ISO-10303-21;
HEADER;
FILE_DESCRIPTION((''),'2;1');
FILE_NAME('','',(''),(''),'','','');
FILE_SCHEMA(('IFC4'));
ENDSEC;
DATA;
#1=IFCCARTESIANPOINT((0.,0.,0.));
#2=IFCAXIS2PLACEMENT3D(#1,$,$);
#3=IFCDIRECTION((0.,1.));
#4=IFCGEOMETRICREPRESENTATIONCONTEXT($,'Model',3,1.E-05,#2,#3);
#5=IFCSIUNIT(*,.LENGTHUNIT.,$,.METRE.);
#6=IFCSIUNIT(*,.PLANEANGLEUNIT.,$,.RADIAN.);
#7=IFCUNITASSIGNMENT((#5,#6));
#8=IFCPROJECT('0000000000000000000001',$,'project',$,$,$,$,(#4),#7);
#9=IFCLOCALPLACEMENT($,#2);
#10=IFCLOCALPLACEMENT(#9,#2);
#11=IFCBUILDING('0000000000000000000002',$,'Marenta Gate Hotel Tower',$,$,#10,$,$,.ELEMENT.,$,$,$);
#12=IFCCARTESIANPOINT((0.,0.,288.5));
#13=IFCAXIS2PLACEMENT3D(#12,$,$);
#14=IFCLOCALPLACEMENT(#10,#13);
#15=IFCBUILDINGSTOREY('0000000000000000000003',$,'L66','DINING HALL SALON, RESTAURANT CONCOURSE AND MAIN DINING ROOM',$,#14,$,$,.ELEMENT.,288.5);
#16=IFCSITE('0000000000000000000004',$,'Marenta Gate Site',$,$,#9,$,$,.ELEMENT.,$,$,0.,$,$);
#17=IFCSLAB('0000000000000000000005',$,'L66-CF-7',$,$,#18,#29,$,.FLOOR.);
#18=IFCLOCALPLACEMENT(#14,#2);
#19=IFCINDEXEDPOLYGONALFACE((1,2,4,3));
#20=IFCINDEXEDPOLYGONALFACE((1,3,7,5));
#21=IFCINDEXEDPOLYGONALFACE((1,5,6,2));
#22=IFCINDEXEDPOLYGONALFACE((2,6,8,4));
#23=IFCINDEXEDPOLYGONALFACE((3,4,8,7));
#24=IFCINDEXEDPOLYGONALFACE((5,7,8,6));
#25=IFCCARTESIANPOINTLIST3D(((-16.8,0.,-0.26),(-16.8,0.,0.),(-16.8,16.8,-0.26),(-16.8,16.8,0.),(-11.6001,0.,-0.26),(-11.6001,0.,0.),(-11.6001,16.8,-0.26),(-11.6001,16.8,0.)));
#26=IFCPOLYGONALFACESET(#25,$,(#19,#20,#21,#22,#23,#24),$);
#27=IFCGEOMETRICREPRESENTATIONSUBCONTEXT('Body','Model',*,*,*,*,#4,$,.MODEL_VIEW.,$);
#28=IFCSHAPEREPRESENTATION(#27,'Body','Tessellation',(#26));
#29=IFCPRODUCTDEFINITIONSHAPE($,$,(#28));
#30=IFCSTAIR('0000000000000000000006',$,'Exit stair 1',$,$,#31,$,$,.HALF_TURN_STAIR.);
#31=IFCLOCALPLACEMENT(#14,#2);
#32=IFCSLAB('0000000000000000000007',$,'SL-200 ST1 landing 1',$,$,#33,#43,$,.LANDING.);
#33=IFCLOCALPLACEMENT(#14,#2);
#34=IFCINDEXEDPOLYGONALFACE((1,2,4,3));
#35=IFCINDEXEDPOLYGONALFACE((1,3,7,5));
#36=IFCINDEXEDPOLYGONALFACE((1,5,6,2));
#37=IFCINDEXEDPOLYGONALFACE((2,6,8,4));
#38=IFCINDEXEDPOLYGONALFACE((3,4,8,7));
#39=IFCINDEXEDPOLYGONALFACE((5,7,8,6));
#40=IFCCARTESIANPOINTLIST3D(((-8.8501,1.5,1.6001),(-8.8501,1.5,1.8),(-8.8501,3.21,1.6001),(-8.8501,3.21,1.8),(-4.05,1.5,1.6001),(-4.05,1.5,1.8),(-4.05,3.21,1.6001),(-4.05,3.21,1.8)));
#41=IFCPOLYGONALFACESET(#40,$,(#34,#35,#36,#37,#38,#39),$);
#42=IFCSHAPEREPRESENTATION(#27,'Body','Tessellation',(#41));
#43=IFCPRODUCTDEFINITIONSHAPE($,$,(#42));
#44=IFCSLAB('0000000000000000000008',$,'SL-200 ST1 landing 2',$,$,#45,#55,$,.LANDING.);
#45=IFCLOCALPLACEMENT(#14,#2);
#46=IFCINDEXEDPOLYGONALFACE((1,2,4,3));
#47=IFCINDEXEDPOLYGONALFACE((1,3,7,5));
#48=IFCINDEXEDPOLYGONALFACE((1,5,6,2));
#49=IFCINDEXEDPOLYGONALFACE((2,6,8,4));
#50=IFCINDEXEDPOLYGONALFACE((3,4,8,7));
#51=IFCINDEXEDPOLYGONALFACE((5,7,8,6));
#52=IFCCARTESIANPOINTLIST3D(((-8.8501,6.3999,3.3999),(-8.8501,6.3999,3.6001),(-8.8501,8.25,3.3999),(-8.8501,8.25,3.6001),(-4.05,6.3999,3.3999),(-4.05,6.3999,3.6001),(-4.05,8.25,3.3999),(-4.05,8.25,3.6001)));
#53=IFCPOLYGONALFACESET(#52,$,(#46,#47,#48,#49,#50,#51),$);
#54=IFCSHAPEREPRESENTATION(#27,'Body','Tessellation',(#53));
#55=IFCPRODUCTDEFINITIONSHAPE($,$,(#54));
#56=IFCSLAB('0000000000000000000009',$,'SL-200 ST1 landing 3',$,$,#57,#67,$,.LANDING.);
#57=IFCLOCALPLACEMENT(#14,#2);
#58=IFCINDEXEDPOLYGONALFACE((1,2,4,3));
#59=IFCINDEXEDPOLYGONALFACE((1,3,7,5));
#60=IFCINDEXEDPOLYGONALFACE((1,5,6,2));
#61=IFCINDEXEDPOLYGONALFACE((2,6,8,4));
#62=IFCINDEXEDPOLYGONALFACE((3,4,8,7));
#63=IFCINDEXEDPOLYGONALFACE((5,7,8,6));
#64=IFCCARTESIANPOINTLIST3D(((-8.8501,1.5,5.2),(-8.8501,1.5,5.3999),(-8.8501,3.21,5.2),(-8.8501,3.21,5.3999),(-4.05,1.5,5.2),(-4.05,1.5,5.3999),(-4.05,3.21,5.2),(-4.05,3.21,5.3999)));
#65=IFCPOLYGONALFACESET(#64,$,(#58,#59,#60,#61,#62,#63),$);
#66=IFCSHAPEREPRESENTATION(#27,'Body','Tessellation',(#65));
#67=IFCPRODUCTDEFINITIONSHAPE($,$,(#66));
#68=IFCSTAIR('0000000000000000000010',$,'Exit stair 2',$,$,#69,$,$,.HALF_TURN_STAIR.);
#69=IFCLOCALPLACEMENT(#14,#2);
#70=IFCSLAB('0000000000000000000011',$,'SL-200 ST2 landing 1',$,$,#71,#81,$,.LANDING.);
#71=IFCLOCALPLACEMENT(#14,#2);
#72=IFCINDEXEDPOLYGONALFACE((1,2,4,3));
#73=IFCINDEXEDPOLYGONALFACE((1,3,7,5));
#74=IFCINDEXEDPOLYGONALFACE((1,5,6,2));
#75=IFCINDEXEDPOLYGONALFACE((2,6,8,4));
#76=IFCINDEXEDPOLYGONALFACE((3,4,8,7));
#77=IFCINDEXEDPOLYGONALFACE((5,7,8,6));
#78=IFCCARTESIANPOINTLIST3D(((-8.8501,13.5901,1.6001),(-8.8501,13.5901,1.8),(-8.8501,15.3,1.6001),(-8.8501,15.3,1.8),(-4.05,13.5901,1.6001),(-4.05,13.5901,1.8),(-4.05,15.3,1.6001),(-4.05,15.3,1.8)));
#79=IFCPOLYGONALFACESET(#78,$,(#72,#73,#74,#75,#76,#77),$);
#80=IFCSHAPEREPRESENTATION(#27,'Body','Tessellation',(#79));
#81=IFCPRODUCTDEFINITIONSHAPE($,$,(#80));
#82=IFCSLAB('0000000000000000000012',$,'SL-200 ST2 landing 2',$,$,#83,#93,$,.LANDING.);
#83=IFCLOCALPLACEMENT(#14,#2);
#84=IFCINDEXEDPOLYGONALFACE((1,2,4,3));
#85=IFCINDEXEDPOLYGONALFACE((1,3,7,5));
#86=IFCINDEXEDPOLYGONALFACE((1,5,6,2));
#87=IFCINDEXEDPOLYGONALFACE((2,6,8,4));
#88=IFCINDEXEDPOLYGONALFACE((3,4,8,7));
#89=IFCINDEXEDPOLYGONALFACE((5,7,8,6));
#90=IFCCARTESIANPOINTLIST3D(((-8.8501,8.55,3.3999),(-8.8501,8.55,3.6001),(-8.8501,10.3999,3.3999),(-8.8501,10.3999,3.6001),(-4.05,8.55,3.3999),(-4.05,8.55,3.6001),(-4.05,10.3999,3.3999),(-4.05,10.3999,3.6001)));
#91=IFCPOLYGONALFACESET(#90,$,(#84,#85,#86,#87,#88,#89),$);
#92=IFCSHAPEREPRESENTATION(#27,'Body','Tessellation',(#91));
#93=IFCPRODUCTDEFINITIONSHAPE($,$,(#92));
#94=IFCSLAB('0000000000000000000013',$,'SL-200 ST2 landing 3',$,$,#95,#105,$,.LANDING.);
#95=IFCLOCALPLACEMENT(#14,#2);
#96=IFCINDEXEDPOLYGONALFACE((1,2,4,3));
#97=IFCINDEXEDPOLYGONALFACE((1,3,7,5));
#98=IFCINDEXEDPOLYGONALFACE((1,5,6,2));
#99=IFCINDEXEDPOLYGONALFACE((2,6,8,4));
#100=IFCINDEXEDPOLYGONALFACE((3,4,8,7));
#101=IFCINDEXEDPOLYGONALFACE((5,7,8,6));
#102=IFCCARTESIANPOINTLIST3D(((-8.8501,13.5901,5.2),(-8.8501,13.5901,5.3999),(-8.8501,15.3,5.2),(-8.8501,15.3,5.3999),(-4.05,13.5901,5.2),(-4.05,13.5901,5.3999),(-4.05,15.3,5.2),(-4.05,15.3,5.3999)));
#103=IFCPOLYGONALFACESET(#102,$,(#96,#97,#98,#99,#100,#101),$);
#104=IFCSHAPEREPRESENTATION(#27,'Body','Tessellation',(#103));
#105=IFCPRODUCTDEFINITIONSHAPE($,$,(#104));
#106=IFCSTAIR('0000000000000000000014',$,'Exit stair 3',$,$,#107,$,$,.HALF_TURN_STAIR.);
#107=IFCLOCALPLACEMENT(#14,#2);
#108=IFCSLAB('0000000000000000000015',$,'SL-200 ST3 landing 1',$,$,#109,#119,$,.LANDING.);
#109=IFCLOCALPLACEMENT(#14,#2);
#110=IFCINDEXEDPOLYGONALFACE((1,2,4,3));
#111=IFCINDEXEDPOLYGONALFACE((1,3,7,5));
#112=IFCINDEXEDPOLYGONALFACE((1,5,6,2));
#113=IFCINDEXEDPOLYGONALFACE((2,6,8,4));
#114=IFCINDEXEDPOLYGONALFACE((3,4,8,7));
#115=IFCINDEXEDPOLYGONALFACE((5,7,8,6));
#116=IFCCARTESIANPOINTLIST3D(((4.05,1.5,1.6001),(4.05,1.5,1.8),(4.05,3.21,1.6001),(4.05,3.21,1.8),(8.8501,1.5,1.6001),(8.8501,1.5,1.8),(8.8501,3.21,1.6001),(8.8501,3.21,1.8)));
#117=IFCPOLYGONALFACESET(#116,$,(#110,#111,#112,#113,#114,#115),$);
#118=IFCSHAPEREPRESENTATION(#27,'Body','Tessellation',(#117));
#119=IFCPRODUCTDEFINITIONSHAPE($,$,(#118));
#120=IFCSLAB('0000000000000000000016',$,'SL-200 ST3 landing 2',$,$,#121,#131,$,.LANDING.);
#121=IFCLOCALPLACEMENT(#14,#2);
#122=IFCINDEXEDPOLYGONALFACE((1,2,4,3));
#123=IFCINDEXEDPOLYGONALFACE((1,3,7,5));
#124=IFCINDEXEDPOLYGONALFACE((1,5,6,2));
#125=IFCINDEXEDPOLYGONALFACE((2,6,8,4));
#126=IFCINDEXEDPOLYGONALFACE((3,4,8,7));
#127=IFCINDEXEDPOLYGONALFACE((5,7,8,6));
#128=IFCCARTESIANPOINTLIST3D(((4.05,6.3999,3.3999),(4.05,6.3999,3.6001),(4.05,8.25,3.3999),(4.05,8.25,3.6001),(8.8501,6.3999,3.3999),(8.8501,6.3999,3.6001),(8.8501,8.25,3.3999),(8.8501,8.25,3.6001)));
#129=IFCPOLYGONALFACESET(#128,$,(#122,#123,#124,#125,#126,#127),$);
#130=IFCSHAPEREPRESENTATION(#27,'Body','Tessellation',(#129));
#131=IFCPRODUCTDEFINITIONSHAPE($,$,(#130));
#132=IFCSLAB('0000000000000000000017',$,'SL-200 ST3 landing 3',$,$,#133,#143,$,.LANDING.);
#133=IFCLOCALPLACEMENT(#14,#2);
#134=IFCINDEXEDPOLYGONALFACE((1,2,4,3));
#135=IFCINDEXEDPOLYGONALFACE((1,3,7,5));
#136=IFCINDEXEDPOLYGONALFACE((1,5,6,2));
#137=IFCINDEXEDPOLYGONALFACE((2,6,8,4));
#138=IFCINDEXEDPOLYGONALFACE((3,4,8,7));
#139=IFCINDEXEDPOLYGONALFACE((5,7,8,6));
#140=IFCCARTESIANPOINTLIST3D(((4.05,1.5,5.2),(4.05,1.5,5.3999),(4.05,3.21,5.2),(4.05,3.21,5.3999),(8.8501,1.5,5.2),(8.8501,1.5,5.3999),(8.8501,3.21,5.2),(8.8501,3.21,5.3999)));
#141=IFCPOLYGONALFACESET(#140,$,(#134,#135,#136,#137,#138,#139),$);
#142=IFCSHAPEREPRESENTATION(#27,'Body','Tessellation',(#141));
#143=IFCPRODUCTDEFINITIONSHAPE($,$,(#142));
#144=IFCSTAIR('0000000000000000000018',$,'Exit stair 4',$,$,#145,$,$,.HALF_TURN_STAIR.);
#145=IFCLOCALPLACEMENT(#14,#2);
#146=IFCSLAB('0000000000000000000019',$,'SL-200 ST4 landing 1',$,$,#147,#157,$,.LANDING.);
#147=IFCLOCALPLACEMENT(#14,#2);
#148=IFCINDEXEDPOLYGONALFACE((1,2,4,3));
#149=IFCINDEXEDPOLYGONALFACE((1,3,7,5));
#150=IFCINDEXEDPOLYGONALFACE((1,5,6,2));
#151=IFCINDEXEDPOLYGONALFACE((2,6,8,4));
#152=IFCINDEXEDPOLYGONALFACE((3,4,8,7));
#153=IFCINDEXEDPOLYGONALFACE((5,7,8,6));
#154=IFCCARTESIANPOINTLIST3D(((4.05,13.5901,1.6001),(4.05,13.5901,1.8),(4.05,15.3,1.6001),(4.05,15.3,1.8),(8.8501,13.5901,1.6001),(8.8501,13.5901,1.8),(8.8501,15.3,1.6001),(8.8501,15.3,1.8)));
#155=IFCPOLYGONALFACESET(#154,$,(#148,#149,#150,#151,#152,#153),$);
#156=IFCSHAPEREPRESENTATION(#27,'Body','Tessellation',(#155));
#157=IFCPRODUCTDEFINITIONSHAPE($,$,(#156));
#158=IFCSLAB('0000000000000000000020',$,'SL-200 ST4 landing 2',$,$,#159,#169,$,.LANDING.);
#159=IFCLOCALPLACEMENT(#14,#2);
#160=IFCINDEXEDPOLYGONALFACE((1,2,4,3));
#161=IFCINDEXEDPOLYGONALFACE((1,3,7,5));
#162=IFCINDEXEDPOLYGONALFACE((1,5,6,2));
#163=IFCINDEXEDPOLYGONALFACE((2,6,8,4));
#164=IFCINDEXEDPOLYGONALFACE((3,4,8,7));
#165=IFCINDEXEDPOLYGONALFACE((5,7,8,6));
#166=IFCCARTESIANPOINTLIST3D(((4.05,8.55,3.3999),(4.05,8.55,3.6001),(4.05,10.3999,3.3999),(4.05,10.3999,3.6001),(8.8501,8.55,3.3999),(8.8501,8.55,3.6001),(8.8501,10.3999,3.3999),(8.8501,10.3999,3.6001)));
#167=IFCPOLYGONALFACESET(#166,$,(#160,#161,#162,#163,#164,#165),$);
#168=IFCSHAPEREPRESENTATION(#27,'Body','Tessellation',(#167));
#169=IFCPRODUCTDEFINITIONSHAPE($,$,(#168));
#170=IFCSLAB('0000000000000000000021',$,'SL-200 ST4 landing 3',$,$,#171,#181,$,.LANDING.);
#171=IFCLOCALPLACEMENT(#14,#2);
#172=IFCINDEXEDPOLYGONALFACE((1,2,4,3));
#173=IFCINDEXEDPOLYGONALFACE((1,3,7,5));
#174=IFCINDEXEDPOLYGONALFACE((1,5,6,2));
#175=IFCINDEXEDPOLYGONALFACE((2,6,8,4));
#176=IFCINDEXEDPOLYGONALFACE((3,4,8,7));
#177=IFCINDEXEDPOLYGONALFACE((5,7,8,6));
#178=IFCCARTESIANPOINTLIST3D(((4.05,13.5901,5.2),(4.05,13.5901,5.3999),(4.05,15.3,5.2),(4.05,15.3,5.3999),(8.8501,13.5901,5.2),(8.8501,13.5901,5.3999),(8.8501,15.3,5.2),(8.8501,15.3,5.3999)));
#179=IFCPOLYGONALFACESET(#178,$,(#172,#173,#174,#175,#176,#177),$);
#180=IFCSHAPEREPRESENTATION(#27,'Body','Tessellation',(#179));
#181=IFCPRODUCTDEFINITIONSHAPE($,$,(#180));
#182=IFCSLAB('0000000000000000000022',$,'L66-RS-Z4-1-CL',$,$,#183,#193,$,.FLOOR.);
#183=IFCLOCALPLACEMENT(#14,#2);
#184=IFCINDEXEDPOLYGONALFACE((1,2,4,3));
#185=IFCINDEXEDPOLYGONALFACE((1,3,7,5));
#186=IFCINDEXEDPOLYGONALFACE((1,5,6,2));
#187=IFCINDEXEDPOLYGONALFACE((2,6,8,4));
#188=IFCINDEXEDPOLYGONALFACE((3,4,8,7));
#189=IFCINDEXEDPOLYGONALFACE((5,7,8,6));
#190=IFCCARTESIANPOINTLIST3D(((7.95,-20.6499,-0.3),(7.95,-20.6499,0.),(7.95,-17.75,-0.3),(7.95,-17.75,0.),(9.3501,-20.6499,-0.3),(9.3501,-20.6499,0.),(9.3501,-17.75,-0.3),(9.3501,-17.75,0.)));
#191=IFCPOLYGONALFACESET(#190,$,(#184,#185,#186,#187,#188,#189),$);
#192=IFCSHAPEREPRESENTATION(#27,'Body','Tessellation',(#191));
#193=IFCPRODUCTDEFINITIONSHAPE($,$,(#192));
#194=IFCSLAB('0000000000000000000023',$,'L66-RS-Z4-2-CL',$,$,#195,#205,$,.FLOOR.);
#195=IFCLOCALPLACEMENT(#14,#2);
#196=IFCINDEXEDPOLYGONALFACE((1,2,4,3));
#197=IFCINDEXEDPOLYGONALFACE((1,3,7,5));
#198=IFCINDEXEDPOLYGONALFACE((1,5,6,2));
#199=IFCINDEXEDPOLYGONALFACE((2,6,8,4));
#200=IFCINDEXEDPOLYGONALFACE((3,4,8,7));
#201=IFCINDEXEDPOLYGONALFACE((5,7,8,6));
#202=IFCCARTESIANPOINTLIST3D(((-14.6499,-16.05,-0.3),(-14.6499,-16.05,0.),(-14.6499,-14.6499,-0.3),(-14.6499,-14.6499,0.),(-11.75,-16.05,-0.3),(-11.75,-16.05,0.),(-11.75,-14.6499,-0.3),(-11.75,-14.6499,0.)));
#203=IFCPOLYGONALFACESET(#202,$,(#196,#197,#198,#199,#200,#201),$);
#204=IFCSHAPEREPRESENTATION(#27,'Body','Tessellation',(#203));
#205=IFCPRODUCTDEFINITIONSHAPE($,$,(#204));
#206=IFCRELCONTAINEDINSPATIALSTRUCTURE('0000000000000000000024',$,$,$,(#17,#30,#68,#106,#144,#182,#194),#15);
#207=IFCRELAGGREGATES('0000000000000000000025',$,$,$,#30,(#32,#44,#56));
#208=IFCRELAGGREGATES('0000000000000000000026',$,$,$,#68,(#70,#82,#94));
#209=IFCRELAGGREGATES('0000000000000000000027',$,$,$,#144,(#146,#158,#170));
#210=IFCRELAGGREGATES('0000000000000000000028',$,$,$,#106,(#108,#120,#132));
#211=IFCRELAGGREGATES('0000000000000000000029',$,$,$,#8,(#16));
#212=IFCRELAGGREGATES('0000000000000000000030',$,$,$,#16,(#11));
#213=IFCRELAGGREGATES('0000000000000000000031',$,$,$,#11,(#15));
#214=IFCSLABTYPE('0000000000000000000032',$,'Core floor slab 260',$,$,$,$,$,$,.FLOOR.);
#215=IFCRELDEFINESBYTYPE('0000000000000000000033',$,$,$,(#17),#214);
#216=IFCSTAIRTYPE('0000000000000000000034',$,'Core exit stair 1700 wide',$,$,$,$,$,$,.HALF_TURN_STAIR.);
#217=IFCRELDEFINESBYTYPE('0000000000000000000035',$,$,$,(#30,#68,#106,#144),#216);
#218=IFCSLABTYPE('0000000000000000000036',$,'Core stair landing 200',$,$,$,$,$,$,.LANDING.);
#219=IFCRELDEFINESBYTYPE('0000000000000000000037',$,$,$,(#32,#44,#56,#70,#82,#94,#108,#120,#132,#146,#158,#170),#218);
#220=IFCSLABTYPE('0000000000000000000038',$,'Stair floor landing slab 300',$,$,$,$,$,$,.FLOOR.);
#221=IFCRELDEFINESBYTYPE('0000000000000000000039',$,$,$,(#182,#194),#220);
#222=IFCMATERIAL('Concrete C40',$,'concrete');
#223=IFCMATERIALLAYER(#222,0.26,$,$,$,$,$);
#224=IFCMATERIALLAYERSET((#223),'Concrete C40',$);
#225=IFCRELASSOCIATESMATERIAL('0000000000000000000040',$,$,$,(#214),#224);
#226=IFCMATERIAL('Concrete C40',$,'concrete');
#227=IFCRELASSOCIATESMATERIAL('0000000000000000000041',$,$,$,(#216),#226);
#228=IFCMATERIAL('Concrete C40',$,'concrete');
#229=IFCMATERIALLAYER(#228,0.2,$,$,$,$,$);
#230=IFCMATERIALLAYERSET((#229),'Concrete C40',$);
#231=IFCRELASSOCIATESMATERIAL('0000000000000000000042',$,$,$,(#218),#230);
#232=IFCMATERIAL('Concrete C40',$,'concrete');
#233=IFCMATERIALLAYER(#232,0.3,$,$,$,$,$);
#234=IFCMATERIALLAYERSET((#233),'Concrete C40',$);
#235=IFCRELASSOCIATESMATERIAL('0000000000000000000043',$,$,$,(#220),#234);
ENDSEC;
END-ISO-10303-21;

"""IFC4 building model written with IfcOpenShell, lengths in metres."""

from ifc_helpers import new_model, si_unit, direction, frame, origin, place, context, subcontext, project, spatial, polyline, outline, extrude, material, layer, layer_set, type_object, element, aggregate, save


model = new_model("IFC4")

# Units and contexts
model_context = context("Model", 3, precision=1e-05, world=origin(), true_north=direction((0.0, 1.0)))
body_context = subcontext(model_context, "Body", "Model", "MODEL_VIEW")
ifc_project = project(units=[si_unit("LENGTHUNIT", "METRE"), si_unit("PLANEANGLEUNIT", "RADIAN")], contexts=[model_context])

# Site, building, storey
site_placement = place(None, origin())
site = spatial("IfcSite", under=ifc_project, at=site_placement, Name="Marenta Gate Site", CompositionType="ELEMENT", RefElevation=0.0)
building_placement = place(site_placement, origin())
building = spatial("IfcBuilding", under=site, at=building_placement, Name="Marenta Gate Hotel Tower", CompositionType="ELEMENT")
storey_placement = place(building_placement, frame((0.0, 0.0, 288.5)))
storey = spatial("IfcBuildingStorey", under=building, at=storey_placement, Name="L66", Description="DINING HALL SALON, RESTAURANT CONCOURSE AND MAIN DINING ROOM", CompositionType="ELEMENT", Elevation=288.5)

# Slab
ifc_material_1 = material(Name="Concrete C40", Category="concrete")
ifc_layer_1 = layer(ifc_material_1, 0.26)
ifc_layer_set_1 = layer_set([ifc_layer_1], Name="Concrete C40")
slab_type_1 = type_object("IfcSlabType", Name="Core floor slab 260", PredefinedType="FLOOR", material=ifc_layer_set_1)
slab_1_placement = place(storey_placement, frame((0.0, 0.0, -0.26)))
element("IfcSlab", 1, at=slab_1_placement, inside=storey, type_object=slab_type_1, Name="L66-CF-7", PredefinedType="FLOOR", context=body_context, shape_type="SweptSolid", body=[
    extrude(outline(polyline([(-11.6001, 16.8), (-11.6001, 0.0), (-16.8, 0.0), (-16.8, 16.8), (-11.6001, 16.8)])), origin(), (0.0, 0.0, 1.0), 0.26),
])

# Stairs, slabs
ifc_material_2 = material(Name="Concrete C40", Category="concrete")
stair_type = type_object("IfcStairType", Name="Core exit stair 1700 wide", PredefinedType="HALF_TURN_STAIR", material=ifc_material_2)
stair_1_placement = place(storey_placement, origin())
stair_1 = element("IfcStair", 2, at=stair_1_placement, inside=storey, type_object=stair_type, Name="Exit stair 1", PredefinedType="HALF_TURN_STAIR")
ifc_material_3 = material(Name="Concrete C40", Category="concrete")
ifc_layer_2 = layer(ifc_material_3, 0.2)
ifc_layer_set_2 = layer_set([ifc_layer_2], Name="Concrete C40")
slab_type_2 = type_object("IfcSlabType", Name="Core stair landing 200", PredefinedType="LANDING", material=ifc_layer_set_2)
slab_2_placement = place(storey_placement, frame((0.0, 0.0, 1.6001)))
slab_2 = element("IfcSlab", 3, at=slab_2_placement, type_object=slab_type_2, Name="SL-200 ST1 landing 1", PredefinedType="LANDING", context=body_context, shape_type="SweptSolid", body=[
    extrude(outline(polyline([(-8.8501, 1.5), (-4.05, 1.5), (-4.05, 3.21), (-8.8501, 3.21), (-8.8501, 1.5)])), origin(), (0.0, 0.0, 1.0), 0.2),
])
slab_3_placement = place(storey_placement, frame((0.0, 0.0, 3.3999)))
slab_3 = element("IfcSlab", 4, at=slab_3_placement, type_object=slab_type_2, Name="SL-200 ST1 landing 2", PredefinedType="LANDING", context=body_context, shape_type="SweptSolid", body=[
    extrude(outline(polyline([(-8.8501, 6.3999), (-4.05, 6.3999), (-4.05, 8.25), (-8.8501, 8.25), (-8.8501, 6.3999)])), origin(), (0.0, 0.0, 1.0), 0.2002),
])
slab_4_placement = place(storey_placement, frame((0.0, 0.0, 5.2)))
slab_4 = element("IfcSlab", 5, at=slab_4_placement, type_object=slab_type_2, Name="SL-200 ST1 landing 3", PredefinedType="LANDING", context=body_context, shape_type="SweptSolid", body=[
    extrude(outline(polyline([(-8.8501, 1.5), (-4.05, 1.5), (-4.05, 3.21), (-8.8501, 3.21), (-8.8501, 1.5)])), origin(), (0.0, 0.0, 1.0), 0.2),
])
aggregate(stair_1, [slab_2, slab_3, slab_4])
stair_2_placement = place(storey_placement, origin())
stair_2 = element("IfcStair", 6, at=stair_2_placement, inside=storey, type_object=stair_type, Name="Exit stair 2", PredefinedType="HALF_TURN_STAIR")
slab_5_placement = place(storey_placement, frame((0.0, 0.0, 1.6001)))
slab_5 = element("IfcSlab", 7, at=slab_5_placement, type_object=slab_type_2, Name="SL-200 ST2 landing 1", PredefinedType="LANDING", context=body_context, shape_type="SweptSolid", body=[
    extrude(outline(polyline([(-8.8501, 13.5901), (-4.05, 13.5901), (-4.05, 15.3), (-8.8501, 15.3), (-8.8501, 13.5901)])), origin(), (0.0, 0.0, 1.0), 0.2),
])
slab_6_placement = place(storey_placement, frame((0.0, 0.0, 3.3999)))
slab_6 = element("IfcSlab", 8, at=slab_6_placement, type_object=slab_type_2, Name="SL-200 ST2 landing 2", PredefinedType="LANDING", context=body_context, shape_type="SweptSolid", body=[
    extrude(outline(polyline([(-8.8501, 8.55), (-4.05, 8.55), (-4.05, 10.3999), (-8.8501, 10.3999), (-8.8501, 8.55)])), origin(), (0.0, 0.0, 1.0), 0.2002),
])
slab_7_placement = place(storey_placement, frame((0.0, 0.0, 5.2)))
slab_7 = element("IfcSlab", 9, at=slab_7_placement, type_object=slab_type_2, Name="SL-200 ST2 landing 3", PredefinedType="LANDING", context=body_context, shape_type="SweptSolid", body=[
    extrude(outline(polyline([(-8.8501, 13.5901), (-4.05, 13.5901), (-4.05, 15.3), (-8.8501, 15.3), (-8.8501, 13.5901)])), origin(), (0.0, 0.0, 1.0), 0.2),
])
aggregate(stair_2, [slab_5, slab_6, slab_7])
stair_3_placement = place(storey_placement, origin())
stair_3 = element("IfcStair", 10, at=stair_3_placement, inside=storey, type_object=stair_type, Name="Exit stair 3", PredefinedType="HALF_TURN_STAIR")
slab_8_placement = place(storey_placement, frame((0.0, 0.0, 1.6001)))
slab_8 = element("IfcSlab", 11, at=slab_8_placement, type_object=slab_type_2, Name="SL-200 ST3 landing 1", PredefinedType="LANDING", context=body_context, shape_type="SweptSolid", body=[
    extrude(outline(polyline([(4.05, 1.5), (8.8501, 1.5), (8.8501, 3.21), (4.05, 3.21), (4.05, 1.5)])), origin(), (0.0, 0.0, 1.0), 0.2),
])
slab_9_placement = place(storey_placement, frame((0.0, 0.0, 3.3999)))
slab_9 = element("IfcSlab", 12, at=slab_9_placement, type_object=slab_type_2, Name="SL-200 ST3 landing 2", PredefinedType="LANDING", context=body_context, shape_type="SweptSolid", body=[
    extrude(outline(polyline([(4.05, 6.3999), (8.8501, 6.3999), (8.8501, 8.25), (4.05, 8.25), (4.05, 6.3999)])), origin(), (0.0, 0.0, 1.0), 0.2002),
])
slab_10_placement = place(storey_placement, frame((0.0, 0.0, 5.2)))
slab_10 = element("IfcSlab", 13, at=slab_10_placement, type_object=slab_type_2, Name="SL-200 ST3 landing 3", PredefinedType="LANDING", context=body_context, shape_type="SweptSolid", body=[
    extrude(outline(polyline([(4.05, 1.5), (8.8501, 1.5), (8.8501, 3.21), (4.05, 3.21), (4.05, 1.5)])), origin(), (0.0, 0.0, 1.0), 0.2),
])
stair_4_placement = place(storey_placement, origin())
stair_4 = element("IfcStair", 14, at=stair_4_placement, inside=storey, type_object=stair_type, Name="Exit stair 4", PredefinedType="HALF_TURN_STAIR")
slab_11_placement = place(storey_placement, frame((0.0, 0.0, 1.6001)))
slab_11 = element("IfcSlab", 15, at=slab_11_placement, type_object=slab_type_2, Name="SL-200 ST4 landing 1", PredefinedType="LANDING", context=body_context, shape_type="SweptSolid", body=[
    extrude(outline(polyline([(4.05, 13.5901), (8.8501, 13.5901), (8.8501, 15.3), (4.05, 15.3), (4.05, 13.5901)])), origin(), (0.0, 0.0, 1.0), 0.2),
])
slab_12_placement = place(storey_placement, frame((0.0, 0.0, 3.3999)))
slab_12 = element("IfcSlab", 16, at=slab_12_placement, type_object=slab_type_2, Name="SL-200 ST4 landing 2", PredefinedType="LANDING", context=body_context, shape_type="SweptSolid", body=[
    extrude(outline(polyline([(4.05, 8.55), (8.8501, 8.55), (8.8501, 10.3999), (4.05, 10.3999), (4.05, 8.55)])), origin(), (0.0, 0.0, 1.0), 0.2002),
])
slab_13_placement = place(storey_placement, frame((0.0, 0.0, 5.2)))
slab_13 = element("IfcSlab", 17, at=slab_13_placement, type_object=slab_type_2, Name="SL-200 ST4 landing 3", PredefinedType="LANDING", context=body_context, shape_type="SweptSolid", body=[
    extrude(outline(polyline([(4.05, 13.5901), (8.8501, 13.5901), (8.8501, 15.3), (4.05, 15.3), (4.05, 13.5901)])), origin(), (0.0, 0.0, 1.0), 0.2),
])
aggregate(stair_4, [slab_11, slab_12, slab_13])

# Slabs
ifc_material_4 = material(Name="Concrete C40", Category="concrete")
ifc_layer_3 = layer(ifc_material_4, 0.3)
ifc_layer_set_3 = layer_set([ifc_layer_3], Name="Concrete C40")
slab_type_3 = type_object("IfcSlabType", Name="Stair floor landing slab 300", PredefinedType="FLOOR", material=ifc_layer_set_3)
slab_14_placement = place(storey_placement, frame((0.0, 0.0, -0.3)))
element("IfcSlab", 18, at=slab_14_placement, inside=storey, type_object=slab_type_3, Name="L66-RS-Z4-1-CL", PredefinedType="FLOOR", context=body_context, shape_type="SweptSolid", body=[
    extrude(outline(polyline([(9.3501, -20.6499), (9.3501, -17.75), (7.95, -17.75), (7.95, -20.6499), (9.3501, -20.6499)])), origin(), (0.0, 0.0, 1.0), 0.3),
])
slab_15_placement = place(storey_placement, frame((0.0, 0.0, -0.3)))
element("IfcSlab", 19, at=slab_15_placement, inside=storey, type_object=slab_type_3, Name="L66-RS-Z4-2-CL", PredefinedType="FLOOR", context=body_context, shape_type="SweptSolid", body=[
    extrude(outline(polyline([(-11.75, -16.05), (-11.75, -14.6499), (-14.6499, -14.6499), (-14.6499, -16.05), (-11.75, -16.05)])), origin(), (0.0, 0.0, 1.0), 0.3),
])

aggregate(stair_3, [slab_8, slab_9, slab_10])

save(model, "model.ifc")
